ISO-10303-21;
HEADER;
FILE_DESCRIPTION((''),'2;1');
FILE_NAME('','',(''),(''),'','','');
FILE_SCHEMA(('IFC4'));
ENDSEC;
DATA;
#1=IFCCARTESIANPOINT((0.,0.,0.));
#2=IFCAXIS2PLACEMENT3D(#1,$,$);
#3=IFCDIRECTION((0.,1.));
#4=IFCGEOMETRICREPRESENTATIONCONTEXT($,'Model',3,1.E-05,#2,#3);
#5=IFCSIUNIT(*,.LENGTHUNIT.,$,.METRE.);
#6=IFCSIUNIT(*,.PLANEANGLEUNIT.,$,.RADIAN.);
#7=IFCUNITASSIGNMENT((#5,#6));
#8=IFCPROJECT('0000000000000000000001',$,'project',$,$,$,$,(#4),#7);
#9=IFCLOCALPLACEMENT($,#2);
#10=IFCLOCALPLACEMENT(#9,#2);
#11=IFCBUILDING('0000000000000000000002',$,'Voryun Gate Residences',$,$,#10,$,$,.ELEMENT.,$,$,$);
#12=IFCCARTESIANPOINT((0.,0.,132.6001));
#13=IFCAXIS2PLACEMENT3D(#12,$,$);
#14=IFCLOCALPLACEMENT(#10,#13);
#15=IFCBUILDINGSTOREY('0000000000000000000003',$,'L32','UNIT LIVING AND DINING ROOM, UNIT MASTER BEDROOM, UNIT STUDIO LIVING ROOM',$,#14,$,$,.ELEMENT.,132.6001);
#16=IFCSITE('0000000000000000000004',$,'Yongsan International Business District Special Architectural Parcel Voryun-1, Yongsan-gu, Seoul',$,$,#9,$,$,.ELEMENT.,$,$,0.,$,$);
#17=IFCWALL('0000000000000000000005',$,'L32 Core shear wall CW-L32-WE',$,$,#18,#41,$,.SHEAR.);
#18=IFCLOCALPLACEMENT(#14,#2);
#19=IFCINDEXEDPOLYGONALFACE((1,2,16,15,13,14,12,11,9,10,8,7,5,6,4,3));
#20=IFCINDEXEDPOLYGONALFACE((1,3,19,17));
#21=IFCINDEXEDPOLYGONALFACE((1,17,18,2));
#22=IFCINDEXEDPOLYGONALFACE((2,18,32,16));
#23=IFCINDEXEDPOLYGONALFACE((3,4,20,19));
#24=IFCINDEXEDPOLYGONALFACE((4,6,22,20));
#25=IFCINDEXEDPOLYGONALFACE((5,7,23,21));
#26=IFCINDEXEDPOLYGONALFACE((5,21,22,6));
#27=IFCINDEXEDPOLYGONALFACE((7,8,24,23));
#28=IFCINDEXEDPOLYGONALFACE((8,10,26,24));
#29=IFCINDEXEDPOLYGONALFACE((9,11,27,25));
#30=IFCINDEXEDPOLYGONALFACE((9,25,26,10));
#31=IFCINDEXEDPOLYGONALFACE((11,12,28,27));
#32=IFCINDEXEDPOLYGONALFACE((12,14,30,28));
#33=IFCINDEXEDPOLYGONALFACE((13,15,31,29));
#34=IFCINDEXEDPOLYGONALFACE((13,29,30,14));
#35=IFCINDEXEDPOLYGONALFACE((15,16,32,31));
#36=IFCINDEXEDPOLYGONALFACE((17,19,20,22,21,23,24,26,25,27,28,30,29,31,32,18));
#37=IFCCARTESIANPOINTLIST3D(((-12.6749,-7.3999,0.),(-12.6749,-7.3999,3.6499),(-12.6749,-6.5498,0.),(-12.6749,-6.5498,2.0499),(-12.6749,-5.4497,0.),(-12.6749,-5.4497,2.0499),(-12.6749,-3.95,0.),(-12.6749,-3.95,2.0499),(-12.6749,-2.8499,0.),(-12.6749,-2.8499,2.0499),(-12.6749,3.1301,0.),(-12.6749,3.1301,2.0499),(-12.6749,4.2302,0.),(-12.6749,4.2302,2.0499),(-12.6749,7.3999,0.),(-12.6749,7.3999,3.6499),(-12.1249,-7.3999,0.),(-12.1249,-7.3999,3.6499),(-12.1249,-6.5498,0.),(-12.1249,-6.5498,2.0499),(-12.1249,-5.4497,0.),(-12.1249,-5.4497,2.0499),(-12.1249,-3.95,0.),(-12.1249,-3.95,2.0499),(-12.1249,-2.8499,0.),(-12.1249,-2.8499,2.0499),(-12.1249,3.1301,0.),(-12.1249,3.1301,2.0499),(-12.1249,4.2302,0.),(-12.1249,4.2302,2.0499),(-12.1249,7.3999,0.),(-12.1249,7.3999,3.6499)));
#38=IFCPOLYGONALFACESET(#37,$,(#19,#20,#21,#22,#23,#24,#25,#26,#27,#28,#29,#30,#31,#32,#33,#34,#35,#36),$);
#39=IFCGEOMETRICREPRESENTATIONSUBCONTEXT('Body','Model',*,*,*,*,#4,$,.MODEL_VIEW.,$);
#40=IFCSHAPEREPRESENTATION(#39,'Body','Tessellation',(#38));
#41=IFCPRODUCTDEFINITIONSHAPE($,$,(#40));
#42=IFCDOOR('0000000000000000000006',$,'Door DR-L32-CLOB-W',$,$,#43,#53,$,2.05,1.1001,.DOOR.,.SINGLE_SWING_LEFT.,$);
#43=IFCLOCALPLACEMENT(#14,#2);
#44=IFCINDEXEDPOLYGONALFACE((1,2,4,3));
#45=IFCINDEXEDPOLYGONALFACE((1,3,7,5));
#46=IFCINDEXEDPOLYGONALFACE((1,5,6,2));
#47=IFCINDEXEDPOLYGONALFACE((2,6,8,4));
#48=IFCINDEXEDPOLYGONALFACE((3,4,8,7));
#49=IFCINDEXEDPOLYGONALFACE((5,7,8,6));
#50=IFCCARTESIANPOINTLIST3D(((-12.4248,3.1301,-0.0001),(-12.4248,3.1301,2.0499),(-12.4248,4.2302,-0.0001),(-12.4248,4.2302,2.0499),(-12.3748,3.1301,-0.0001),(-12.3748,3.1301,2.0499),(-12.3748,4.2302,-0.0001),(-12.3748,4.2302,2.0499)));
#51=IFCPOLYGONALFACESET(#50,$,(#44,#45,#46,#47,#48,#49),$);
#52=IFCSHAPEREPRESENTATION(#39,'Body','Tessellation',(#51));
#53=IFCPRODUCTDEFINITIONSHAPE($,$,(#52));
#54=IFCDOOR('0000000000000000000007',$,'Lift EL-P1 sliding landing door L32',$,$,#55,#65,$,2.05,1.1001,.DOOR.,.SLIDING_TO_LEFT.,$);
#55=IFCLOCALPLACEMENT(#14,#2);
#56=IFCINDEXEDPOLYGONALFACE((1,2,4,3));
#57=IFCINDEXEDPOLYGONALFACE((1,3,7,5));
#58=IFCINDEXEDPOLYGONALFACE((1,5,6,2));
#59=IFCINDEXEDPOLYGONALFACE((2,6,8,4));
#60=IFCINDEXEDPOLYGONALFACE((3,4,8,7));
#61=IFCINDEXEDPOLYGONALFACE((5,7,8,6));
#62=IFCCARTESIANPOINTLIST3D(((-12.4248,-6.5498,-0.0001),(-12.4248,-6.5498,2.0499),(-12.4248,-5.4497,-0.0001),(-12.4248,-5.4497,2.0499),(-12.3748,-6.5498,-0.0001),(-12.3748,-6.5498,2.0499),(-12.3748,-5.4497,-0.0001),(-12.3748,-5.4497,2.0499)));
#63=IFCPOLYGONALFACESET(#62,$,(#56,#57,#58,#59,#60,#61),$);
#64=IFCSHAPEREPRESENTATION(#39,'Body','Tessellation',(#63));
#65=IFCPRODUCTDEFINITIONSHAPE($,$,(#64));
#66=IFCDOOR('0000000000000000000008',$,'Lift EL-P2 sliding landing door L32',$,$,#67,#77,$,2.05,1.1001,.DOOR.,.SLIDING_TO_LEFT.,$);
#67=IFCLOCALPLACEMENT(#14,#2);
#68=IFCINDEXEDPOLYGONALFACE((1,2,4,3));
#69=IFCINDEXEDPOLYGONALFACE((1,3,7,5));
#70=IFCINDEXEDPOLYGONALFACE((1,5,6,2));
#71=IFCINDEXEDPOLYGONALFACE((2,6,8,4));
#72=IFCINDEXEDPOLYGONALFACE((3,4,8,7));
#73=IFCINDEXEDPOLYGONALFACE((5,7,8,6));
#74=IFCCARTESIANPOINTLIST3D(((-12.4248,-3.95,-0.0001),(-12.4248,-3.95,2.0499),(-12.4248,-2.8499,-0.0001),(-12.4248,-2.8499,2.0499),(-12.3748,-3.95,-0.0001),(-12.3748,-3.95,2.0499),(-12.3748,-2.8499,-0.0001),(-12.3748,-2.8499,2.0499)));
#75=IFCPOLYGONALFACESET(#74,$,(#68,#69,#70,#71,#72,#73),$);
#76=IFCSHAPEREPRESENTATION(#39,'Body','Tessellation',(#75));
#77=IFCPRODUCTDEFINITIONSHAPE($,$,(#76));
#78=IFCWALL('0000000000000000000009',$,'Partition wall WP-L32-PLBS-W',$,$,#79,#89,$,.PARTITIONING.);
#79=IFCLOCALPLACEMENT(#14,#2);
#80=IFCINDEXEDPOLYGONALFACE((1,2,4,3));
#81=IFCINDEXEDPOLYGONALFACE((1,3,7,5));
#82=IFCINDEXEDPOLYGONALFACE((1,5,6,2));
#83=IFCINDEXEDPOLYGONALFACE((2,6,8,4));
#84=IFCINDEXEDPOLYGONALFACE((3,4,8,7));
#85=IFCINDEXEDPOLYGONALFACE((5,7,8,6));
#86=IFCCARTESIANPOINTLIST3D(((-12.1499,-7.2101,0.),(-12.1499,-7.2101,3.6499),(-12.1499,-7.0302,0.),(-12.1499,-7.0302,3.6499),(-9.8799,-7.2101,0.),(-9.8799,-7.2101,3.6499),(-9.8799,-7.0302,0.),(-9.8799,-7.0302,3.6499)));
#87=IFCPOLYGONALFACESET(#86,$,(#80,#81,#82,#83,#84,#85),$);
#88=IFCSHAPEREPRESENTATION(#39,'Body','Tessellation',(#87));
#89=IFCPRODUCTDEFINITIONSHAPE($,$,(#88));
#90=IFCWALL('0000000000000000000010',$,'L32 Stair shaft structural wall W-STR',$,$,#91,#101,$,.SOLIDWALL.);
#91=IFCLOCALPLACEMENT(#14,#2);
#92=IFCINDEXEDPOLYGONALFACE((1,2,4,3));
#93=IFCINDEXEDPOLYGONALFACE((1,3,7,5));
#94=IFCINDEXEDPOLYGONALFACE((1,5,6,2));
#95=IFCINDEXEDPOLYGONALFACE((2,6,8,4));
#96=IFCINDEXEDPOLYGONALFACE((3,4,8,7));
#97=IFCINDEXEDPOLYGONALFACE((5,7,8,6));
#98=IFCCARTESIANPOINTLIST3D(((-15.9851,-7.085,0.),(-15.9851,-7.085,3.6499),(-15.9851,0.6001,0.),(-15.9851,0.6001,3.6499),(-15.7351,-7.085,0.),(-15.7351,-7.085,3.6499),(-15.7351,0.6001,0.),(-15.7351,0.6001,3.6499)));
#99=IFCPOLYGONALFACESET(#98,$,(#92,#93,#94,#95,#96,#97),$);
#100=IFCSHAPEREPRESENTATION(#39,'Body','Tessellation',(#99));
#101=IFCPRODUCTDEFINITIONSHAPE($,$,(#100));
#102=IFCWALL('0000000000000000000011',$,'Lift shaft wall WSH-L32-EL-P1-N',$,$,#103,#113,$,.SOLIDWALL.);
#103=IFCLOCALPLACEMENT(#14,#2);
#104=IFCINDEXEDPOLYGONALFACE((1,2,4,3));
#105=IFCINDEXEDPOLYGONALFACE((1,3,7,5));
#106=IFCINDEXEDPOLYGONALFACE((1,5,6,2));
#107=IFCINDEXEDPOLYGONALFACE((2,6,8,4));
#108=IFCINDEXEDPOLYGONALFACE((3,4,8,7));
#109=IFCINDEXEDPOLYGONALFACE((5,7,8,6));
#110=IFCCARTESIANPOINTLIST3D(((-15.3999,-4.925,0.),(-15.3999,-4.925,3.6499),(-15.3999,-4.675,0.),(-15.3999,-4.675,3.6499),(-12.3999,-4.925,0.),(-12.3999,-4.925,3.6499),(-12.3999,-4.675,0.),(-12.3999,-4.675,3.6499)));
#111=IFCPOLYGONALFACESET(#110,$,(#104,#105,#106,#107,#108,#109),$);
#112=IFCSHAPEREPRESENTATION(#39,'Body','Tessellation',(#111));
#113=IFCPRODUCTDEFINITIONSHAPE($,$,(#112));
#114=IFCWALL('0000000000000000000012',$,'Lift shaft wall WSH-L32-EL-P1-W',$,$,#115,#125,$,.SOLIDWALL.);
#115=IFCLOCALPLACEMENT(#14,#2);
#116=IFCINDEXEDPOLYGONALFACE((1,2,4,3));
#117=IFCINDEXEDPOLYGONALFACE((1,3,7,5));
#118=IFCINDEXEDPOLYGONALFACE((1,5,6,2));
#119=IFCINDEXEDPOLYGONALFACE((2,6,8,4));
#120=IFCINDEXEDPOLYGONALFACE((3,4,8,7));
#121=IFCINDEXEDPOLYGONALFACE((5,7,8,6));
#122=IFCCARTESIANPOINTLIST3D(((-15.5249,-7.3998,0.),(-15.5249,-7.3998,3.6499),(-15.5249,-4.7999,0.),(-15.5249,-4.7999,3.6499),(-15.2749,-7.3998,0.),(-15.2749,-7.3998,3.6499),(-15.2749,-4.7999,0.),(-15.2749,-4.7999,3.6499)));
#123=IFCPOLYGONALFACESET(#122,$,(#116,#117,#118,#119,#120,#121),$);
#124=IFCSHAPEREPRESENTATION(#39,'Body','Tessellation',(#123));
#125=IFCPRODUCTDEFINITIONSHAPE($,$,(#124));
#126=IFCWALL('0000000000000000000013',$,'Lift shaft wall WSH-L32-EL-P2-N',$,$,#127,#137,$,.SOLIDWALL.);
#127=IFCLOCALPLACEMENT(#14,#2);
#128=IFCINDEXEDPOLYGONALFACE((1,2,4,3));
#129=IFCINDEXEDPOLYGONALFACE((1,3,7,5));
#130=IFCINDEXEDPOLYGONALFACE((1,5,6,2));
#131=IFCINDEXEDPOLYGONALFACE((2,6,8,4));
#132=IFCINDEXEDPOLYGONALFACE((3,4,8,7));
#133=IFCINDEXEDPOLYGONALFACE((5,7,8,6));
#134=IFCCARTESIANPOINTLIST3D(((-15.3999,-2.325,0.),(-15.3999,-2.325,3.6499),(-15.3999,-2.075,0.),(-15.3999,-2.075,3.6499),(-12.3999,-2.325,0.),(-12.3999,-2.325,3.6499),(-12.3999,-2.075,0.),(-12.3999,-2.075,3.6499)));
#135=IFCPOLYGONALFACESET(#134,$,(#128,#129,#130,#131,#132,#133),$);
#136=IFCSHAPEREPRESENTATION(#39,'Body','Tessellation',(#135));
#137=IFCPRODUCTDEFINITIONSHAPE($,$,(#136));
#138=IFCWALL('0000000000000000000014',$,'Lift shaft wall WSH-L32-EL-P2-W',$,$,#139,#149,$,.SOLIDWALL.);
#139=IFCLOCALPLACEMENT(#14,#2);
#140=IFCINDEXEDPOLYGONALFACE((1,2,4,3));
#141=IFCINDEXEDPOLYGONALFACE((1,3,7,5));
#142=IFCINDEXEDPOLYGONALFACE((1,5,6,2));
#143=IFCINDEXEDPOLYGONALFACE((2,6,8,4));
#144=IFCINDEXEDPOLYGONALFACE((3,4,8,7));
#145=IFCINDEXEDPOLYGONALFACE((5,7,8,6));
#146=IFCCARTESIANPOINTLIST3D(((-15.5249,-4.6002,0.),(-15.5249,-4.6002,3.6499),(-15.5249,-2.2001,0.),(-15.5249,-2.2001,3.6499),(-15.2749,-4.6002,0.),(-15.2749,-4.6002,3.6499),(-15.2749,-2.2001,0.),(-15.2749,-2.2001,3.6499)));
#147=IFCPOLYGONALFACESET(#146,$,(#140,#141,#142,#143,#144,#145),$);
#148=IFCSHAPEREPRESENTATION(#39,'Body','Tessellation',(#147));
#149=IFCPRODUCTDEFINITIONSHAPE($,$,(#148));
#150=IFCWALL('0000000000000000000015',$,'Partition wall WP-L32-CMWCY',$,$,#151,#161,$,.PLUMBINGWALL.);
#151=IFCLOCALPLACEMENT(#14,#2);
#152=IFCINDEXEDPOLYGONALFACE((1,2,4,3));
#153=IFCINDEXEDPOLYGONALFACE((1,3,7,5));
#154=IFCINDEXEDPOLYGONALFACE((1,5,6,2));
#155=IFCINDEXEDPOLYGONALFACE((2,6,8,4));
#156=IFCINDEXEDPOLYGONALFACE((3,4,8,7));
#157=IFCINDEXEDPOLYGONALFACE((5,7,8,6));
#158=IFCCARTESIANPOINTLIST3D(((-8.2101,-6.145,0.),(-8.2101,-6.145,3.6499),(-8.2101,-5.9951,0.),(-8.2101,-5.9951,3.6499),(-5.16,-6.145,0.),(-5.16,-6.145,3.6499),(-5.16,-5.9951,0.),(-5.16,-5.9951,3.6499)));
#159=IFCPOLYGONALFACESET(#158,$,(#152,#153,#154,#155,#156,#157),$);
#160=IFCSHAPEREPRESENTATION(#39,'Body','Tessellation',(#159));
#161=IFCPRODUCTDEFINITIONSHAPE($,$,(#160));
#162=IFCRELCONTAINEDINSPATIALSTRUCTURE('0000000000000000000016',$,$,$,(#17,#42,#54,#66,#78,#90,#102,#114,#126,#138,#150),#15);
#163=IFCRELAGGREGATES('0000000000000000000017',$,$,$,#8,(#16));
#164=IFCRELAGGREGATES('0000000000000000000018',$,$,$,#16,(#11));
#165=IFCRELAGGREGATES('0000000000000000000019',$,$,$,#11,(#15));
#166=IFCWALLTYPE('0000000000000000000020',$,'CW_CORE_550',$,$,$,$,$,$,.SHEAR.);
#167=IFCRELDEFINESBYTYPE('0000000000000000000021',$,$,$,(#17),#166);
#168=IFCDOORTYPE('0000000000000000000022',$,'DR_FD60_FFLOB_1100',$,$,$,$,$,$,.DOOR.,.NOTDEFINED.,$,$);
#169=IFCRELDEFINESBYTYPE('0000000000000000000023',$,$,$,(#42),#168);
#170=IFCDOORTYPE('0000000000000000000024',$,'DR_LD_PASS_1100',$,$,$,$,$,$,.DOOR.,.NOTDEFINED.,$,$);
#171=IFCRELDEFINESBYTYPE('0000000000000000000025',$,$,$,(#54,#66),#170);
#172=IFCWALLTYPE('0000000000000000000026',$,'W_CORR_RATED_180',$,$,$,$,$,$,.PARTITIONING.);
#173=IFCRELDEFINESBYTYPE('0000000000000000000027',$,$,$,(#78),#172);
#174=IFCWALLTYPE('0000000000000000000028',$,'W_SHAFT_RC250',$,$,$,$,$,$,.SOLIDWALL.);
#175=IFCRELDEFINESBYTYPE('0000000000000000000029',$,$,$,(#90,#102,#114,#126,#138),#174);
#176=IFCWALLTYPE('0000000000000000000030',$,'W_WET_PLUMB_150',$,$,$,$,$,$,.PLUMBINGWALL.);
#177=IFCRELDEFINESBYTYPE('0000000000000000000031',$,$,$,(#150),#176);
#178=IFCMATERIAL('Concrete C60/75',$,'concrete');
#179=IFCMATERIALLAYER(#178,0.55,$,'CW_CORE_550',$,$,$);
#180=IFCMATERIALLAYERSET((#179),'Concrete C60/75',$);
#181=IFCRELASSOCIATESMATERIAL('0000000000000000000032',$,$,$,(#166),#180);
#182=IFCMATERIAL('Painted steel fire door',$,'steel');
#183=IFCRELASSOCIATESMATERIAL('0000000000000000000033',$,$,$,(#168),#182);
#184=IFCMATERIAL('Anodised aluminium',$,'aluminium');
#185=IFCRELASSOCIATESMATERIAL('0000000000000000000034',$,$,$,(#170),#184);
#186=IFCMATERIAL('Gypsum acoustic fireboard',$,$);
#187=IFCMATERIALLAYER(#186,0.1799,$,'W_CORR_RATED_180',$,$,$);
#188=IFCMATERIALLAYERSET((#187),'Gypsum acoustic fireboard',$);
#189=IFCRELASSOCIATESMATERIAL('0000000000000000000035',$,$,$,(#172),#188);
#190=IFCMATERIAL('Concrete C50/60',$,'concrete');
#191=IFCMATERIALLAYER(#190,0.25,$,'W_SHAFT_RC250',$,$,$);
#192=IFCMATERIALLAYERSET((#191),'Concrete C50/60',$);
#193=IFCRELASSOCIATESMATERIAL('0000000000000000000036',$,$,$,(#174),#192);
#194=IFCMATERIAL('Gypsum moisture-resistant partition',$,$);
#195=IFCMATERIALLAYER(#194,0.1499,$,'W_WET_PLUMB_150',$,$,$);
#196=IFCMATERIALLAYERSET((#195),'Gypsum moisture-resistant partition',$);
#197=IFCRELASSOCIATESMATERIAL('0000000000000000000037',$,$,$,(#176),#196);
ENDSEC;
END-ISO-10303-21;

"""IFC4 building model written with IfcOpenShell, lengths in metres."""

from ifc_helpers import new_model, si_unit, direction, frame, frame_2d, origin, place, context, subcontext, project, spatial, rectangle, extrude, material, layer, layer_set, type_object, element, fill, save


model = new_model("IFC4")

# Units and contexts
model_context = context("Model", 3, precision=1e-05, world=origin(), true_north=direction((0.0, 1.0)))
body_context = subcontext(model_context, "Body", "Model", "MODEL_VIEW")
ifc_project = project(units=[si_unit("LENGTHUNIT", "METRE"), si_unit("PLANEANGLEUNIT", "RADIAN")], contexts=[model_context])

# Site, building, storey
site_placement = place(None, origin())
site = spatial("IfcSite", under=ifc_project, at=site_placement, Name="Yongsan International Business District Special Architectural Parcel Voryun-1, Yongsan-gu, Seoul", CompositionType="ELEMENT", RefElevation=0.0)
building_placement = place(site_placement, origin())
building = spatial("IfcBuilding", under=site, at=building_placement, Name="Voryun Gate Residences", CompositionType="ELEMENT")
storey_placement = place(building_placement, frame((0.0, 0.0, 132.6001)))
storey = spatial("IfcBuildingStorey", under=building, at=storey_placement, Name="L32", Description="UNIT LIVING AND DINING ROOM, UNIT MASTER BEDROOM, UNIT STUDIO LIVING ROOM", CompositionType="ELEMENT", Elevation=132.6001)

# Wall, openings, doors
ifc_material_1 = material(Name="Concrete C60/75", Category="concrete")
ifc_layer_1 = layer(ifc_material_1, 0.55, Name="CW_CORE_550")
ifc_layer_set_1 = layer_set([ifc_layer_1], Name="Concrete C60/75")
wall_type_1 = type_object("IfcWallType", Name="CW_CORE_550", PredefinedType="SHEAR", material=ifc_layer_set_1)
wall_1_placement = place(storey_placement, frame((-12.3999, -7.3999, 0.0), z_axis=(0.0, 0.0, 1.0), x_axis=(0.0, 1.0, 0.0)))
wall_1 = element("IfcWall", 1, at=wall_1_placement, inside=storey, type_object=wall_type_1, Name="L32 Core shear wall CW-L32-WE", PredefinedType="SHEAR", context=body_context, shape_type="SweptSolid", body=[
    extrude(rectangle(XDim=14.7998, YDim=0.55, at=frame_2d((7.3999, 0.0))), origin(), (0.0, 0.0, 1.0), 3.6499),
])
opening_1_placement = place(wall_1_placement, frame((0.8501, 0.0, 0.0)))
opening_1 = element("IfcOpeningElement", 2, at=opening_1_placement, cuts=wall_1, PredefinedType="OPENING", context=body_context, shape_type="SweptSolid", body=[
    extrude(rectangle(XDim=1.1001, YDim=2.05, at=frame_2d((0.55, 1.0249))), frame((0.0, 0.2849, 0.0), z_axis=(0.0, -1.0, 0.0), x_axis=(1.0, 0.0, 0.0)), (0.0, 0.0, 1.0), 0.5701),
])
opening_2_placement = place(wall_1_placement, frame((3.45, 0.0, 0.0)))
opening_2 = element("IfcOpeningElement", 3, at=opening_2_placement, cuts=wall_1, PredefinedType="OPENING", context=body_context, shape_type="SweptSolid", body=[
    extrude(rectangle(XDim=1.1001, YDim=2.05, at=frame_2d((0.55, 1.0249))), frame((0.0, 0.2849, 0.0), z_axis=(0.0, -1.0, 0.0), x_axis=(1.0, 0.0, 0.0)), (0.0, 0.0, 1.0), 0.5701),
])
opening_3_placement = place(wall_1_placement, frame((10.53, 0.0, 0.0)))
opening_3 = element("IfcOpeningElement", 4, at=opening_3_placement, cuts=wall_1, PredefinedType="OPENING", context=body_context, shape_type="SweptSolid", body=[
    extrude(rectangle(XDim=1.1001, YDim=2.05, at=frame_2d((0.55, 1.0249))), frame((0.0, 0.2849, 0.0), z_axis=(0.0, -1.0, 0.0), x_axis=(1.0, 0.0, 0.0)), (0.0, 0.0, 1.0), 0.5701),
])
ifc_material_2 = material(Name="Painted steel fire door", Category="steel")
door_type_1 = type_object("IfcDoorType", Name="DR_FD60_FFLOB_1100", OperationType="NOTDEFINED", PredefinedType="DOOR", material=ifc_material_2)
door_1_placement = place(opening_3_placement, origin())
door_1 = element("IfcDoor", 5, at=door_1_placement, inside=storey, type_object=door_type_1, Name="Door DR-L32-CLOB-W", OperationType="SINGLE_SWING_LEFT", OverallHeight=2.05, OverallWidth=1.1001, PredefinedType="DOOR", context=body_context, shape_type="SweptSolid", body=[
    extrude(rectangle(XDim=1.1001, YDim=2.05, at=frame_2d((0.55, 1.0249))), frame((0.0, 0.0249, 0.0), z_axis=(0.0, -1.0, 0.0), x_axis=(1.0, 0.0, 0.0)), (0.0, 0.0, 1.0), 0.05),
])
fill(opening_3, door_1)
ifc_material_3 = material(Name="Anodised aluminium", Category="aluminium")
door_type_2 = type_object("IfcDoorType", Name="DR_LD_PASS_1100", OperationType="NOTDEFINED", PredefinedType="DOOR", material=ifc_material_3)
door_2_placement = place(opening_1_placement, origin())
door_2 = element("IfcDoor", 6, at=door_2_placement, inside=storey, type_object=door_type_2, Name="Lift EL-P1 sliding landing door L32", OperationType="SLIDING_TO_LEFT", OverallHeight=2.05, OverallWidth=1.1001, PredefinedType="DOOR", context=body_context, shape_type="SweptSolid", body=[
    extrude(rectangle(XDim=1.1001, YDim=2.05, at=frame_2d((0.55, 1.0249))), frame((0.0, 0.0249, 0.0), z_axis=(0.0, -1.0, 0.0), x_axis=(1.0, 0.0, 0.0)), (0.0, 0.0, 1.0), 0.05),
])
fill(opening_1, door_2)
door_3_placement = place(opening_2_placement, origin())
door_3 = element("IfcDoor", 7, at=door_3_placement, inside=storey, type_object=door_type_2, Name="Lift EL-P2 sliding landing door L32", OperationType="SLIDING_TO_LEFT", OverallHeight=2.05, OverallWidth=1.1001, PredefinedType="DOOR", context=body_context, shape_type="SweptSolid", body=[
    extrude(rectangle(XDim=1.1001, YDim=2.05, at=frame_2d((0.55, 1.0249))), frame((0.0, 0.0249, 0.0), z_axis=(0.0, -1.0, 0.0), x_axis=(1.0, 0.0, 0.0)), (0.0, 0.0, 1.0), 0.05),
])
fill(opening_2, door_3)

# Walls
ifc_material_4 = material(Name="Gypsum acoustic fireboard")
ifc_layer_2 = layer(ifc_material_4, 0.1799, Name="W_CORR_RATED_180")
ifc_layer_set_2 = layer_set([ifc_layer_2], Name="Gypsum acoustic fireboard")
wall_type_2 = type_object("IfcWallType", Name="W_CORR_RATED_180", PredefinedType="PARTITIONING", material=ifc_layer_set_2)
wall_2_placement = place(storey_placement, frame((-12.1499, -7.1201, 0.0), z_axis=(0.0, 0.0, 1.0), x_axis=(1.0, 0.0, 0.0)))
element("IfcWall", 8, at=wall_2_placement, inside=storey, type_object=wall_type_2, Name="Partition wall WP-L32-PLBS-W", PredefinedType="PARTITIONING", context=body_context, shape_type="SweptSolid", body=[
    extrude(rectangle(XDim=2.27, YDim=0.1799, at=frame_2d((1.135, 0.0))), origin(), (0.0, 0.0, 1.0), 3.6499),
])
ifc_material_5 = material(Name="Concrete C50/60", Category="concrete")
ifc_layer_3 = layer(ifc_material_5, 0.25, Name="W_SHAFT_RC250")
ifc_layer_set_3 = layer_set([ifc_layer_3], Name="Concrete C50/60")
wall_type_3 = type_object("IfcWallType", Name="W_SHAFT_RC250", PredefinedType="SOLIDWALL", material=ifc_layer_set_3)
wall_3_placement = place(storey_placement, frame((-15.8601, -7.085, 0.0), z_axis=(0.0, 0.0, 1.0), x_axis=(0.0, 1.0, 0.0)))
element("IfcWall", 9, at=wall_3_placement, inside=storey, type_object=wall_type_3, Name="L32 Stair shaft structural wall W-STR", PredefinedType="SOLIDWALL", context=body_context, shape_type="SweptSolid", body=[
    extrude(rectangle(XDim=7.6851, YDim=0.25, at=frame_2d((3.8425, 0.0))), origin(), (0.0, 0.0, 1.0), 3.6499),
])
wall_4_placement = place(storey_placement, frame((-12.3999, -4.8, 0.0), z_axis=(0.0, 0.0, 1.0), x_axis=(-1.0, 0.0, 0.0)))
element("IfcWall", 10, at=wall_4_placement, inside=storey, type_object=wall_type_3, Name="Lift shaft wall WSH-L32-EL-P1-N", PredefinedType="SOLIDWALL", context=body_context, shape_type="SweptSolid", body=[
    extrude(rectangle(XDim=3.0, YDim=0.25, at=frame_2d((1.5, 0.0))), origin(), (0.0, 0.0, 1.0), 3.6499),
])
wall_5_placement = place(storey_placement, frame((-15.3999, -4.8, 0.0), z_axis=(0.0, 0.0, 1.0), x_axis=(0.0, -1.0, 0.0)))
element("IfcWall", 11, at=wall_5_placement, inside=storey, type_object=wall_type_3, Name="Lift shaft wall WSH-L32-EL-P1-W", PredefinedType="SOLIDWALL", context=body_context, shape_type="SweptSolid", body=[
    extrude(rectangle(XDim=2.5999, YDim=0.25, at=frame_2d((1.2998, 0.0))), origin(), (0.0, 0.0, 1.0), 3.6499),
])
wall_6_placement = place(storey_placement, frame((-12.3999, -2.2, 0.0), z_axis=(0.0, 0.0, 1.0), x_axis=(-1.0, 0.0, 0.0)))
element("IfcWall", 12, at=wall_6_placement, inside=storey, type_object=wall_type_3, Name="Lift shaft wall WSH-L32-EL-P2-N", PredefinedType="SOLIDWALL", context=body_context, shape_type="SweptSolid", body=[
    extrude(rectangle(XDim=3.0, YDim=0.25, at=frame_2d((1.5, 0.0))), origin(), (0.0, 0.0, 1.0), 3.6499),
])
wall_7_placement = place(storey_placement, frame((-15.3999, -2.2, 0.0), z_axis=(0.0, 0.0, 1.0), x_axis=(0.0, -1.0, 0.0)))
element("IfcWall", 13, at=wall_7_placement, inside=storey, type_object=wall_type_3, Name="Lift shaft wall WSH-L32-EL-P2-W", PredefinedType="SOLIDWALL", context=body_context, shape_type="SweptSolid", body=[
    extrude(rectangle(XDim=2.4001, YDim=0.25, at=frame_2d((1.2002, 0.0))), origin(), (0.0, 0.0, 1.0), 3.6499),
])
ifc_material_6 = material(Name="Gypsum moisture-resistant partition")
ifc_layer_4 = layer(ifc_material_6, 0.1499, Name="W_WET_PLUMB_150")
ifc_layer_set_4 = layer_set([ifc_layer_4], Name="Gypsum moisture-resistant partition")
wall_type_4 = type_object("IfcWallType", Name="W_WET_PLUMB_150", PredefinedType="PLUMBINGWALL", material=ifc_layer_set_4)
wall_8_placement = place(storey_placement, frame((-8.21, -6.0701, 0.0), z_axis=(0.0, 0.0, 1.0), x_axis=(1.0, 0.0, 0.0)))
element("IfcWall", 14, at=wall_8_placement, inside=storey, type_object=wall_type_4, Name="Partition wall WP-L32-CMWCY", PredefinedType="PLUMBINGWALL", context=body_context, shape_type="SweptSolid", body=[
    extrude(rectangle(XDim=3.05, YDim=0.1499, at=frame_2d((1.5249, 0.0))), origin(), (0.0, 0.0, 1.0), 3.6499),
])

save(model, "model.ifc")
